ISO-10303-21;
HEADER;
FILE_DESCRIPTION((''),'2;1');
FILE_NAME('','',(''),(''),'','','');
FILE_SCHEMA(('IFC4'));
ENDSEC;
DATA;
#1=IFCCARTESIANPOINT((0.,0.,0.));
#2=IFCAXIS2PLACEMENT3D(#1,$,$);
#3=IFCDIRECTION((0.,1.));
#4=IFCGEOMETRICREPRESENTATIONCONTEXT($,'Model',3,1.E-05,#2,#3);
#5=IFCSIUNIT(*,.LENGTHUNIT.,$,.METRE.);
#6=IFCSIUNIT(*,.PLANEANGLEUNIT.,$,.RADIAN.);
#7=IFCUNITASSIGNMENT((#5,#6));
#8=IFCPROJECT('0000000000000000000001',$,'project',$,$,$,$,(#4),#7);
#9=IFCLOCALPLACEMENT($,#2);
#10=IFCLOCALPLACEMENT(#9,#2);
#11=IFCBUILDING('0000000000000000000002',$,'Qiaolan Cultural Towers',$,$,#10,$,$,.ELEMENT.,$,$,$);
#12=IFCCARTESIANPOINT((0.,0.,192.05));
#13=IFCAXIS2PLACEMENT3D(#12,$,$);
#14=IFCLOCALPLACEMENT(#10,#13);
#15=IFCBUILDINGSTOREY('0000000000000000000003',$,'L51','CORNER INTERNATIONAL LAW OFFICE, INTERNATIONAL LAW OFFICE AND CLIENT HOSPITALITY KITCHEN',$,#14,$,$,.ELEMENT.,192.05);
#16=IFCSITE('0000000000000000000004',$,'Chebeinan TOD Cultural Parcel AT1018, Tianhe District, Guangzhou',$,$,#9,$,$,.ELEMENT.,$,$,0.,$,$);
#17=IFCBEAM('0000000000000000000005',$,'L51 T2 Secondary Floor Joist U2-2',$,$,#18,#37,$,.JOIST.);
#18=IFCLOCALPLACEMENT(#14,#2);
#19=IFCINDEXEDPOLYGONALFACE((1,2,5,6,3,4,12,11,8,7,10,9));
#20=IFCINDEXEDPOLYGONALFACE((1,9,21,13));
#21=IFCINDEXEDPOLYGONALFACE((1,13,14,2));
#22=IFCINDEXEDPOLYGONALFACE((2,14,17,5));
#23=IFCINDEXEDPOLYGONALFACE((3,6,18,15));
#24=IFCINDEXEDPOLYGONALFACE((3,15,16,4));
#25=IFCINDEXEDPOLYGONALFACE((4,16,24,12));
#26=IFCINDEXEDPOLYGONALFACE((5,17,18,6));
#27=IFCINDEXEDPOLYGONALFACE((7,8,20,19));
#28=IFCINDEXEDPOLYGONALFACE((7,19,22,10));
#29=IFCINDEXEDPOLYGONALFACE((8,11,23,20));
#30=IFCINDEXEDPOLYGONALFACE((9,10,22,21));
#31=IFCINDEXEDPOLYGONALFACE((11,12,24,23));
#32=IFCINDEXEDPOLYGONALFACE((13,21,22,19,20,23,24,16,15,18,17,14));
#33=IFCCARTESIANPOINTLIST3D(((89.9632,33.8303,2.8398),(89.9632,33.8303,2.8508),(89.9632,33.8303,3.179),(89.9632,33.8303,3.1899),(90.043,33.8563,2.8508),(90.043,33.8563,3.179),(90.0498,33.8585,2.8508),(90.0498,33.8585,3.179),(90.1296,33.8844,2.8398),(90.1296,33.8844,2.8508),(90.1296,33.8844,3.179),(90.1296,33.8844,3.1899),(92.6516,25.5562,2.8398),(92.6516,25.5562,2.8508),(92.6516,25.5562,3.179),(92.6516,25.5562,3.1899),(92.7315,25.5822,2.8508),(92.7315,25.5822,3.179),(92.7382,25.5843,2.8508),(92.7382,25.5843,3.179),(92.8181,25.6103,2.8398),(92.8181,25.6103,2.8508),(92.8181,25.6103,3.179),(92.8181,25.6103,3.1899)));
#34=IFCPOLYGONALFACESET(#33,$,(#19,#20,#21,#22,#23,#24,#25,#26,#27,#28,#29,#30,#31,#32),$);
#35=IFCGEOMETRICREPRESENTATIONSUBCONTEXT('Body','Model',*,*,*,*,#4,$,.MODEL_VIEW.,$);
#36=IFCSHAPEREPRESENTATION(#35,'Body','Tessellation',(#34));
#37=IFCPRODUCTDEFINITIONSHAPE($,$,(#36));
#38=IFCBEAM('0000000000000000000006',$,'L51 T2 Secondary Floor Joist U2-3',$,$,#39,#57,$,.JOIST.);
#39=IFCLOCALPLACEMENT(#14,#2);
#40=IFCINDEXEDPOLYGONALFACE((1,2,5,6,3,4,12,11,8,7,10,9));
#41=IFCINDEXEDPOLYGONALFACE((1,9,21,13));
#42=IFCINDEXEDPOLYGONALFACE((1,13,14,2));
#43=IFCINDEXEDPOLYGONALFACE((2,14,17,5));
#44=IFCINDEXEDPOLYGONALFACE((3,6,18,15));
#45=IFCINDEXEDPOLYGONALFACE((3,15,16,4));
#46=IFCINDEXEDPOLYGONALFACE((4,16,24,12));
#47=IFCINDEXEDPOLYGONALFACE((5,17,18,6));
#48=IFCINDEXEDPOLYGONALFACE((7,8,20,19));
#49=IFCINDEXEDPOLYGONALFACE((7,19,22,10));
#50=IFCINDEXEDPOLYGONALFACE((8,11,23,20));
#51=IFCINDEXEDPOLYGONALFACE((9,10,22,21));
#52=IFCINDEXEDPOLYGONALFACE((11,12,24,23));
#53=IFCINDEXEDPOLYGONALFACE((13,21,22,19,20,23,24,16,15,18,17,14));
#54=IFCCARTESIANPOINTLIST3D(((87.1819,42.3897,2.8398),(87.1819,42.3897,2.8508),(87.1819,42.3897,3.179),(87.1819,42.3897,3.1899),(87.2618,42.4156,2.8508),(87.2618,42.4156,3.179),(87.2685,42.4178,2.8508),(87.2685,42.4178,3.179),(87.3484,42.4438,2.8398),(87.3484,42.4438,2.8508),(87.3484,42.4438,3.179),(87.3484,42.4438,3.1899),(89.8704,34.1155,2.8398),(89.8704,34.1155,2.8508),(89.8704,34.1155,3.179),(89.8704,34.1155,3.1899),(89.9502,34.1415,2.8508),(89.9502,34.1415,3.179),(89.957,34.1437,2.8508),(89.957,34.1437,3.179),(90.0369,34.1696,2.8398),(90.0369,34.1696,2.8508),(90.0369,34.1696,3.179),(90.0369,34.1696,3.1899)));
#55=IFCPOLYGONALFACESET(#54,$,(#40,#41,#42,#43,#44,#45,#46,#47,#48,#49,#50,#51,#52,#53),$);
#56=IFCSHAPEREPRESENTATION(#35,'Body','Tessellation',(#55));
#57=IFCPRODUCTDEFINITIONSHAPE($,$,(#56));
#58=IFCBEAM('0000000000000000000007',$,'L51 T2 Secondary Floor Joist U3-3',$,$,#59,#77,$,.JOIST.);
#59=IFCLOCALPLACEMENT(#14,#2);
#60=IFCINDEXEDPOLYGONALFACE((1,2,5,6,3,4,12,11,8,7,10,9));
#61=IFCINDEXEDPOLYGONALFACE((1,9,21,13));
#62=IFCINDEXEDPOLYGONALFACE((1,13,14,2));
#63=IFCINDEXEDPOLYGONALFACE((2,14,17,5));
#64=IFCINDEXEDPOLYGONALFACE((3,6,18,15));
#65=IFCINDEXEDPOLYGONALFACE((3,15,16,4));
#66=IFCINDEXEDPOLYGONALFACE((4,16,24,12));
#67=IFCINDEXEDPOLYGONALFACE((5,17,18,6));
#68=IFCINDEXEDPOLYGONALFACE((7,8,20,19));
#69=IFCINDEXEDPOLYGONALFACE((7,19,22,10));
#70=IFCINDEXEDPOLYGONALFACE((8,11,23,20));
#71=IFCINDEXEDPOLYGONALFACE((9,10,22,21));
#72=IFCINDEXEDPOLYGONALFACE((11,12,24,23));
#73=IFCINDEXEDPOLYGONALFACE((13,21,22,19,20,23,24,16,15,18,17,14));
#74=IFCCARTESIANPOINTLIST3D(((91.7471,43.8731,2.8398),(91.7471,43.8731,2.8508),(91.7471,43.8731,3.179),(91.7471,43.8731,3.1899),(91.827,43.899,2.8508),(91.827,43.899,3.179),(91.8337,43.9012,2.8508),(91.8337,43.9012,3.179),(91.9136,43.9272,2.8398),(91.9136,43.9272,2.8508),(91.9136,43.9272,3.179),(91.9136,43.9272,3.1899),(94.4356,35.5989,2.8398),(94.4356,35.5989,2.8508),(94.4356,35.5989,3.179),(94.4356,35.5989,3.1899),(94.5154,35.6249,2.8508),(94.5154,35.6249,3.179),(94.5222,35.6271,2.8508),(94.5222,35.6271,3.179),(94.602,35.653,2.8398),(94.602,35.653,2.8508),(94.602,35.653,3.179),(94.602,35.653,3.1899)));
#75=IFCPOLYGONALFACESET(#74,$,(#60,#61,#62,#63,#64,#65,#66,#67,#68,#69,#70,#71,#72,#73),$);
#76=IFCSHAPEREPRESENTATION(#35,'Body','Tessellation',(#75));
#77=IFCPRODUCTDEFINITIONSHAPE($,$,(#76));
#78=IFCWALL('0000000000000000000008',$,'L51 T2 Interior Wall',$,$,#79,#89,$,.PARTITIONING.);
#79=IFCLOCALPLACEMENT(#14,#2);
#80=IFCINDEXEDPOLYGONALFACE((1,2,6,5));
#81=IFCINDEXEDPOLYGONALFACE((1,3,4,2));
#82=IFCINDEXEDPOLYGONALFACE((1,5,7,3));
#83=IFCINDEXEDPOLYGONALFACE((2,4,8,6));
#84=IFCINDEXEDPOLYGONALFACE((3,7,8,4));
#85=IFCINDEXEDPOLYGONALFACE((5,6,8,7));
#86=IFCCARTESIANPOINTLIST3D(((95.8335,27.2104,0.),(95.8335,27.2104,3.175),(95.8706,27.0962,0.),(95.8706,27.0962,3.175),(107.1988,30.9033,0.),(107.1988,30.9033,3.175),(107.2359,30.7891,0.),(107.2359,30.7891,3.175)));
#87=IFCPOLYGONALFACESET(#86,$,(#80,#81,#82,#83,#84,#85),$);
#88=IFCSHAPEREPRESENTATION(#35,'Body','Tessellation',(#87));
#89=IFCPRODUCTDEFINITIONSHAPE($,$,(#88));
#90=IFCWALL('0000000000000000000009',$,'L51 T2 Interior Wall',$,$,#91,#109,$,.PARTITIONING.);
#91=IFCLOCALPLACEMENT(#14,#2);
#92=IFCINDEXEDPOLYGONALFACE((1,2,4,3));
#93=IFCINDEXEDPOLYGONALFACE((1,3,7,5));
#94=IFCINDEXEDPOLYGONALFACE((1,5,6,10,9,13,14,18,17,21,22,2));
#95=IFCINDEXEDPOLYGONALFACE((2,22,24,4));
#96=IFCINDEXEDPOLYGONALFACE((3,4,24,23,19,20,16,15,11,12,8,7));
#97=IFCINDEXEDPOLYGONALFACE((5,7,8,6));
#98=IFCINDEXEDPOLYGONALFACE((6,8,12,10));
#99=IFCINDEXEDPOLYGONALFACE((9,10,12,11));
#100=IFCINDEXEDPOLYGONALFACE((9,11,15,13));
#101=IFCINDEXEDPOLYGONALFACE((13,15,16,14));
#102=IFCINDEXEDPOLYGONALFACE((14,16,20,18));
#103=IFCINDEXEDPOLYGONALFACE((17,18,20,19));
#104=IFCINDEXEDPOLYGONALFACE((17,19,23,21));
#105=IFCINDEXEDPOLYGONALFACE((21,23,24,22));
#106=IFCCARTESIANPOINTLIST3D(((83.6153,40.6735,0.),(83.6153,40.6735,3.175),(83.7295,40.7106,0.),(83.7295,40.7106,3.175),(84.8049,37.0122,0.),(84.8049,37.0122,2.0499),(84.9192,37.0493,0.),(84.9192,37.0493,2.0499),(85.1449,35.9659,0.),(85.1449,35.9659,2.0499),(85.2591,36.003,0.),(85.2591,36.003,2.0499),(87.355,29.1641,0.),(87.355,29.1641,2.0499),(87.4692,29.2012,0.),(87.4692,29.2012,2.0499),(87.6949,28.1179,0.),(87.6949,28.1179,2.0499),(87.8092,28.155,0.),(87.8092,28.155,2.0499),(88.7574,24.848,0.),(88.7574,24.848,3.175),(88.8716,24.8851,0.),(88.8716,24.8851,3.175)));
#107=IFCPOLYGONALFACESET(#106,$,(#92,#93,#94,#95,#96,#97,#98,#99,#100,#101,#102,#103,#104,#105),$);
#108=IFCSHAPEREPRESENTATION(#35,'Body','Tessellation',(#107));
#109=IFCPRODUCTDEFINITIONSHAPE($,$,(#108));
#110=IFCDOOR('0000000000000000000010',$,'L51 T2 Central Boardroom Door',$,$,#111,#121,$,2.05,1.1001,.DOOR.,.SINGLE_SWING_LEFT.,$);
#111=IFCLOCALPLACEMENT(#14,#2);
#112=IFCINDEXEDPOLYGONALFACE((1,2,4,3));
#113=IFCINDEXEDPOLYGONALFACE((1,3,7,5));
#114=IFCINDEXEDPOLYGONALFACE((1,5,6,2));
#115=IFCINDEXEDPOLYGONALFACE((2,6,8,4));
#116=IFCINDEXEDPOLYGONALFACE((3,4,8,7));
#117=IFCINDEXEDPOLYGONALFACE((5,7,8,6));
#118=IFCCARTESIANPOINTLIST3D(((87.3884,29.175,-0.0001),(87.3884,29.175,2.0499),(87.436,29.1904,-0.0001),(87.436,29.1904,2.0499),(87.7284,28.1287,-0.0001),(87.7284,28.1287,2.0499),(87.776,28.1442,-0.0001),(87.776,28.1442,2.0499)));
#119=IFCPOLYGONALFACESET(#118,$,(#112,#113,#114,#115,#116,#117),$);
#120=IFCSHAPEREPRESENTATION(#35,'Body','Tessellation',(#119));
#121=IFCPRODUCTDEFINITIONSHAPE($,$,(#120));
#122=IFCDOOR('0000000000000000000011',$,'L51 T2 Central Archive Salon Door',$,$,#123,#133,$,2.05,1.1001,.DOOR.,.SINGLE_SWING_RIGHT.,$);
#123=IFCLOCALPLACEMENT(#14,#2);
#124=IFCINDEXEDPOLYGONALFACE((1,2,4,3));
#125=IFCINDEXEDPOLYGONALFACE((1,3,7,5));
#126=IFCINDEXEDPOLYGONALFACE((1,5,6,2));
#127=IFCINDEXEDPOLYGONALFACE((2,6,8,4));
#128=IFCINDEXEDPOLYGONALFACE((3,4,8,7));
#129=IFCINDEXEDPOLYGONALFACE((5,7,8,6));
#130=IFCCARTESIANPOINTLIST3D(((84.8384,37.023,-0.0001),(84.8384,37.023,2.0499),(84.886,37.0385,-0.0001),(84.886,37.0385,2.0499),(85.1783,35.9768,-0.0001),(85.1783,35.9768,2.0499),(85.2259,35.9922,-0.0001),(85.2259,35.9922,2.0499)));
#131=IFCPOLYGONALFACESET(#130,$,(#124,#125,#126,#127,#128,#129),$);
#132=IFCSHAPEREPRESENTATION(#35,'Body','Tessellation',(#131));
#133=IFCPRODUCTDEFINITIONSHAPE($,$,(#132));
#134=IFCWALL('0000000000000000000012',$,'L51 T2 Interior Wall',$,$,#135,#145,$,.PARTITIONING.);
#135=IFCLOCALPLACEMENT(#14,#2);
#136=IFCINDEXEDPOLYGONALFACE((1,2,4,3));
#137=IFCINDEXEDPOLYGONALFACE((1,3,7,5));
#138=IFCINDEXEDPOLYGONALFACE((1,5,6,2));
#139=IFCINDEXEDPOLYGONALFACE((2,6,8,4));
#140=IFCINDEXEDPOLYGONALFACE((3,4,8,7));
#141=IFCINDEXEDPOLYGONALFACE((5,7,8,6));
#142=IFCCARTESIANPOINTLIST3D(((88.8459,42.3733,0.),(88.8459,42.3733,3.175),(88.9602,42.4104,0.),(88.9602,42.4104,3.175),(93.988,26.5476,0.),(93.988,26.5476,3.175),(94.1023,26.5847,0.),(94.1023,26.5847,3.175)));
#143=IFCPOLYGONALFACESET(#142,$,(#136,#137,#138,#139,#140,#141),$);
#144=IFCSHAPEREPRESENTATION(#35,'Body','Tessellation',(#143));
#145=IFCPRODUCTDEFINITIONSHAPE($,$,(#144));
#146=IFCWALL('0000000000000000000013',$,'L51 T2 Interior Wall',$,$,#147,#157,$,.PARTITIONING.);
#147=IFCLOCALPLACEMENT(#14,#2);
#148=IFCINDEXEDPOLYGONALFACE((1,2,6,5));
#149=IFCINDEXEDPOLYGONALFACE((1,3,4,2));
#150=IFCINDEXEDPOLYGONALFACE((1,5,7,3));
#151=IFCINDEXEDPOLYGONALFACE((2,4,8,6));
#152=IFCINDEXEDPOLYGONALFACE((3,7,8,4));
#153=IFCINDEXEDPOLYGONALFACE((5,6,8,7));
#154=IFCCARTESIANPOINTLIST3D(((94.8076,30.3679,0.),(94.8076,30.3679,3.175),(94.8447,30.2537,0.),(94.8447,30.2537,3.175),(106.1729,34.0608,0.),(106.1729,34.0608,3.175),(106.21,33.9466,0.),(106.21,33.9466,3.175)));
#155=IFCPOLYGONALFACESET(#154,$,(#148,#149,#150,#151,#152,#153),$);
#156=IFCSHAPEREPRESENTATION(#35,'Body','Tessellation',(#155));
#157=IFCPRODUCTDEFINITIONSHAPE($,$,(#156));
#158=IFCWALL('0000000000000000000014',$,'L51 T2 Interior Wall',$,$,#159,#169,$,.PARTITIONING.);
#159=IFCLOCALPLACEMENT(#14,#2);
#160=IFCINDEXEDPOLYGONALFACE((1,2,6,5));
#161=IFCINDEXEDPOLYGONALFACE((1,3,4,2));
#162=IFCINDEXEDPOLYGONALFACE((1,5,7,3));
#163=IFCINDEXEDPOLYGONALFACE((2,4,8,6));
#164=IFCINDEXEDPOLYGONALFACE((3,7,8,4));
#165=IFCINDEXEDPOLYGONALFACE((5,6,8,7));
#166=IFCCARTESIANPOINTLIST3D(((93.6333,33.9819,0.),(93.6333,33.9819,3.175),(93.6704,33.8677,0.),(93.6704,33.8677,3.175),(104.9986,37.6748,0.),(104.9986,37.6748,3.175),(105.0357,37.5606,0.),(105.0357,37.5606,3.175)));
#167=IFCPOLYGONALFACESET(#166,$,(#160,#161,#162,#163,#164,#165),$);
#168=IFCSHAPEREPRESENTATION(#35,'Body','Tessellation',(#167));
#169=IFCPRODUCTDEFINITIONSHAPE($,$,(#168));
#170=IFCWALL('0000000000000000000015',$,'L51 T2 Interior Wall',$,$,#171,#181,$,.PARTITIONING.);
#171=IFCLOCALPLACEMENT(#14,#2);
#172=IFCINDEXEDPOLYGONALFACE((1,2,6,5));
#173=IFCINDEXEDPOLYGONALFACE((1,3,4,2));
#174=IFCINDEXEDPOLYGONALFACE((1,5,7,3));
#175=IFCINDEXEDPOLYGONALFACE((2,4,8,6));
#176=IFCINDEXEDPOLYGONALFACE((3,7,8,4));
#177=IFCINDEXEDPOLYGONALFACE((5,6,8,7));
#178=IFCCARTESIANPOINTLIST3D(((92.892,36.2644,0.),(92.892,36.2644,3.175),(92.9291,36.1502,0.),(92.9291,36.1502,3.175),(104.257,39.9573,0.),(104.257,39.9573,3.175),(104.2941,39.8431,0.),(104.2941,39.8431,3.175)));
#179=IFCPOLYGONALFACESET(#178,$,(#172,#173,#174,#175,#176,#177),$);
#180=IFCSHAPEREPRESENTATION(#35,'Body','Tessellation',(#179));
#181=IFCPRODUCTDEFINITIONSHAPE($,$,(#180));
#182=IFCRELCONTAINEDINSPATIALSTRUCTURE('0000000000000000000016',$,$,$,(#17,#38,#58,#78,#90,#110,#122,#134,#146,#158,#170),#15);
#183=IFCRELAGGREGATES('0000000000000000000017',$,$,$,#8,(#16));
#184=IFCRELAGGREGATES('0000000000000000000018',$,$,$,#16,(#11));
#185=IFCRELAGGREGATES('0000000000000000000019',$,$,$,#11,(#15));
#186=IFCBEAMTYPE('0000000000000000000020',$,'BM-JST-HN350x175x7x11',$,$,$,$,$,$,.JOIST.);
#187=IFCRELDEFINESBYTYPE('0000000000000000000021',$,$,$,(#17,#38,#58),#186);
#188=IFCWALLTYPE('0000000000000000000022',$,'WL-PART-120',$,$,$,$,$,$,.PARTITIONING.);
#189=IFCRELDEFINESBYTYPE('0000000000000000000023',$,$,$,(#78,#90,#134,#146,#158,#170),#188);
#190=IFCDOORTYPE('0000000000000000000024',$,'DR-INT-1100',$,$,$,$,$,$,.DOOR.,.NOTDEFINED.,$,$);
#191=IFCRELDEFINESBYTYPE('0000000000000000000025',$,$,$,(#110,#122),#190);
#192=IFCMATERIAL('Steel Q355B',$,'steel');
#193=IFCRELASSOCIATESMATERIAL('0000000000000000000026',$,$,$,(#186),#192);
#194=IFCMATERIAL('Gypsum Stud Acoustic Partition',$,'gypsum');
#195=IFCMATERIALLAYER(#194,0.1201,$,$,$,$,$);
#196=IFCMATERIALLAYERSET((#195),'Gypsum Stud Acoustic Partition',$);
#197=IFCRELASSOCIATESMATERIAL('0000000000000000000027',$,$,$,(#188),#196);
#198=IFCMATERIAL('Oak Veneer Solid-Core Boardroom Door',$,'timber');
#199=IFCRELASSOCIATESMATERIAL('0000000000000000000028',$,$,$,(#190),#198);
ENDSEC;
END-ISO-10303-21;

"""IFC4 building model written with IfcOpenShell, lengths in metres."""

from ifc_helpers import new_model, si_unit, direction, frame, frame_2d, origin, origin_2d, place, context, subcontext, project, spatial, rectangle, i_section, extrude, material, layer, layer_set, material_profile, profile_set, type_object, element, fill, save


model = new_model("IFC4")

# Units and contexts
model_context = context("Model", 3, precision=1e-05, world=origin(), true_north=direction((0.0, 1.0)))
body_context = subcontext(model_context, "Body", "Model", "MODEL_VIEW")
ifc_project = project(units=[si_unit("LENGTHUNIT", "METRE"), si_unit("PLANEANGLEUNIT", "RADIAN")], contexts=[model_context])

# Site, building, storey
site_placement = place(None, origin())
site = spatial("IfcSite", under=ifc_project, at=site_placement, Name="Chebeinan TOD Cultural Parcel AT1018, Tianhe District, Guangzhou", CompositionType="ELEMENT", RefElevation=0.0)
building_placement = place(site_placement, origin())
building = spatial("IfcBuilding", under=site, at=building_placement, Name="Qiaolan Cultural Towers", CompositionType="ELEMENT")
storey_placement = place(building_placement, frame((0.0, 0.0, 192.05)))
storey = spatial("IfcBuildingStorey", under=building, at=storey_placement, Name="L51", Description="CORNER INTERNATIONAL LAW OFFICE, INTERNATIONAL LAW OFFICE AND CLIENT HOSPITALITY KITCHEN", CompositionType="ELEMENT", Elevation=192.05)

# Beams
ifc_material_1 = material(Name="Steel Q355B", Category="steel")
ifc_material_profile = material_profile(ifc_material_1, i_section(OverallWidth=0.175, OverallDepth=0.3501, WebThickness=0.0071, FlangeThickness=0.011, at=origin_2d()), Name="HN350x175x7x11")
ifc_profile_set = profile_set([ifc_material_profile], Name="Steel Q355B")
beam_type = type_object("IfcBeamType", Name="BM-JST-HN350x175x7x11", PredefinedType="JOIST", material=ifc_profile_set)
for number, where, z_axis, x_axis, name in (
    (1, (92.7349, 25.5833, 3.0149), (-0.309021, 0.951055, 0.0), (-0.951055, -0.309021, 0.0), "L51 T2 Secondary Floor Joist U2-2"),
    (2, (89.9536, 34.1426, 3.0149), (-0.309021, 0.951055, 0.0), (-0.951055, -0.309021, 0.0), "L51 T2 Secondary Floor Joist U2-3"),
    (3, (94.5188, 35.626, 3.0149), (-0.309021, 0.951055, 0.0), (-0.951055, -0.309021, 0.0), "L51 T2 Secondary Floor Joist U3-3"),
):
    element("IfcBeam", number, at=place(storey_placement, frame(where, z_axis=z_axis, x_axis=x_axis)), inside=storey, type_object=beam_type, Name=name, PredefinedType="JOIST", context=body_context, shape_type="SweptSolid", body=[
        extrude(i_section(OverallWidth=0.175, OverallDepth=0.3501, WebThickness=0.0071, FlangeThickness=0.011, at=origin_2d()), origin(), (0.0, 0.0, 1.0), 8.7),
    ])

# Wall
ifc_material_2 = material(Name="Gypsum Stud Acoustic Partition", Category="gypsum")
ifc_layer = layer(ifc_material_2, 0.1201)
ifc_layer_set = layer_set([ifc_layer], Name="Gypsum Stud Acoustic Partition")
wall_type = type_object("IfcWallType", Name="WL-PART-120", PredefinedType="PARTITIONING", material=ifc_layer_set)
wall_1_placement = place(storey_placement, frame((95.8521, 27.1533, 0.0), z_axis=(0.0, 0.0, 1.0), x_axis=(0.951054, 0.309023, 0.0)))
element("IfcWall", 4, at=wall_1_placement, inside=storey, type_object=wall_type, Name="L51 T2 Interior Wall", PredefinedType="PARTITIONING", context=body_context, shape_type="SweptSolid", body=[
    extrude(rectangle(XDim=11.9502, YDim=0.1201, at=frame_2d((5.9751, 0.0))), origin(), (0.0, 0.0, 1.0), 3.175),
])

# Wall, openings, doors
wall_2_placement = place(storey_placement, frame((88.8145, 24.8667, 0.0), z_axis=(0.0, 0.0, 1.0), x_axis=(-0.309022, 0.951055, 0.0)))
wall_2 = element("IfcWall", 5, at=wall_2_placement, inside=storey, type_object=wall_type, Name="L51 T2 Interior Wall", PredefinedType="PARTITIONING", context=body_context, shape_type="SweptSolid", body=[
    extrude(rectangle(XDim=16.6399, YDim=0.1201, at=frame_2d((8.3198, 0.0))), origin(), (0.0, 0.0, 1.0), 3.175),
])
opening_1_placement = place(wall_2_placement, frame((3.438, 0.0, 0.0)))
opening_1 = element("IfcOpeningElement", 6, at=opening_1_placement, cuts=wall_2, PredefinedType="OPENING", context=body_context, shape_type="SweptSolid", body=[
    extrude(rectangle(XDim=1.1001, YDim=2.05, at=frame_2d((0.55, 1.0249))), frame((0.0, 0.0701, 0.0), z_axis=(0.0, -1.0, 0.0), x_axis=(1.0, 0.0, 0.0)), (0.0, 0.0, 1.0), 0.1401),
])
opening_2_placement = place(wall_2_placement, frame((11.6899, 0.0, 0.0)))
opening_2 = element("IfcOpeningElement", 7, at=opening_2_placement, cuts=wall_2, PredefinedType="OPENING", context=body_context, shape_type="SweptSolid", body=[
    extrude(rectangle(XDim=1.1001, YDim=2.05, at=frame_2d((0.55, 1.0249))), frame((0.0, 0.0701, 0.0), z_axis=(0.0, -1.0, 0.0), x_axis=(1.0, 0.0, 0.0)), (0.0, 0.0, 1.0), 0.1401),
])
ifc_material_3 = material(Name="Oak Veneer Solid-Core Boardroom Door", Category="timber")
door_type = type_object("IfcDoorType", Name="DR-INT-1100", OperationType="NOTDEFINED", PredefinedType="DOOR", material=ifc_material_3)
door_1_placement = place(opening_1_placement, origin())
door_1 = element("IfcDoor", 8, at=door_1_placement, inside=storey, type_object=door_type, Name="L51 T2 Central Boardroom Door", OperationType="SINGLE_SWING_LEFT", OverallHeight=2.05, OverallWidth=1.1001, PredefinedType="DOOR", context=body_context, shape_type="SweptSolid", body=[
    extrude(rectangle(XDim=1.1001, YDim=2.05, at=frame_2d((0.55, 1.0249))), frame((0.0, 0.0249, 0.0), z_axis=(0.0, -1.0, 0.0), x_axis=(1.0, 0.0, 0.0)), (0.0, 0.0, 1.0), 0.05),
])
fill(opening_1, door_1)
door_2_placement = place(opening_2_placement, origin())
door_2 = element("IfcDoor", 9, at=door_2_placement, inside=storey, type_object=door_type, Name="L51 T2 Central Archive Salon Door", OperationType="SINGLE_SWING_RIGHT", OverallHeight=2.05, OverallWidth=1.1001, PredefinedType="DOOR", context=body_context, shape_type="SweptSolid", body=[
    extrude(rectangle(XDim=1.1001, YDim=2.05, at=frame_2d((0.55, 1.0249))), frame((0.0, 0.0249, 0.0), z_axis=(0.0, -1.0, 0.0), x_axis=(1.0, 0.0, 0.0)), (0.0, 0.0, 1.0), 0.05),
])
fill(opening_2, door_2)

# Walls
wall_3_placement = place(storey_placement, frame((94.0452, 26.5662, 0.0), z_axis=(0.0, 0.0, 1.0), x_axis=(-0.309018, 0.951056, 0.0)))
element("IfcWall", 10, at=wall_3_placement, inside=storey, type_object=wall_type, Name="L51 T2 Interior Wall", PredefinedType="PARTITIONING", context=body_context, shape_type="SweptSolid", body=[
    extrude(rectangle(XDim=16.6401, YDim=0.1201, at=frame_2d((8.3201, 0.0))), origin(), (0.0, 0.0, 1.0), 3.175),
])
for number, where, z_axis, x_axis, name in (
    (11, (94.8262, 30.3108, 0.0), (0.0, 0.0, 1.0), (0.951054, 0.309023, 0.0), "L51 T2 Interior Wall"),
    (12, (93.6519, 33.9248, 0.0), (0.0, 0.0, 1.0), (0.951054, 0.309023, 0.0), "L51 T2 Interior Wall"),
):
    element("IfcWall", number, at=place(storey_placement, frame(where, z_axis=z_axis, x_axis=x_axis)), inside=storey, type_object=wall_type, Name=name, PredefinedType="PARTITIONING", context=body_context, shape_type="SweptSolid", body=[
        extrude(rectangle(XDim=11.9502, YDim=0.1201, at=frame_2d((5.9751, 0.0))), origin(), (0.0, 0.0, 1.0), 3.175),
    ])
wall_4_placement = place(storey_placement, frame((92.9104, 36.2073, 0.0), z_axis=(0.0, 0.0, 1.0), x_axis=(0.951053, 0.309029, 0.0)))
element("IfcWall", 13, at=wall_4_placement, inside=storey, type_object=wall_type, Name="L51 T2 Interior Wall", PredefinedType="PARTITIONING", context=body_context, shape_type="SweptSolid", body=[
    extrude(rectangle(XDim=11.95, YDim=0.1201, at=frame_2d((5.9751, 0.0))), origin(), (0.0, 0.0, 1.0), 3.175),
])

save(model, "model.ifc")
